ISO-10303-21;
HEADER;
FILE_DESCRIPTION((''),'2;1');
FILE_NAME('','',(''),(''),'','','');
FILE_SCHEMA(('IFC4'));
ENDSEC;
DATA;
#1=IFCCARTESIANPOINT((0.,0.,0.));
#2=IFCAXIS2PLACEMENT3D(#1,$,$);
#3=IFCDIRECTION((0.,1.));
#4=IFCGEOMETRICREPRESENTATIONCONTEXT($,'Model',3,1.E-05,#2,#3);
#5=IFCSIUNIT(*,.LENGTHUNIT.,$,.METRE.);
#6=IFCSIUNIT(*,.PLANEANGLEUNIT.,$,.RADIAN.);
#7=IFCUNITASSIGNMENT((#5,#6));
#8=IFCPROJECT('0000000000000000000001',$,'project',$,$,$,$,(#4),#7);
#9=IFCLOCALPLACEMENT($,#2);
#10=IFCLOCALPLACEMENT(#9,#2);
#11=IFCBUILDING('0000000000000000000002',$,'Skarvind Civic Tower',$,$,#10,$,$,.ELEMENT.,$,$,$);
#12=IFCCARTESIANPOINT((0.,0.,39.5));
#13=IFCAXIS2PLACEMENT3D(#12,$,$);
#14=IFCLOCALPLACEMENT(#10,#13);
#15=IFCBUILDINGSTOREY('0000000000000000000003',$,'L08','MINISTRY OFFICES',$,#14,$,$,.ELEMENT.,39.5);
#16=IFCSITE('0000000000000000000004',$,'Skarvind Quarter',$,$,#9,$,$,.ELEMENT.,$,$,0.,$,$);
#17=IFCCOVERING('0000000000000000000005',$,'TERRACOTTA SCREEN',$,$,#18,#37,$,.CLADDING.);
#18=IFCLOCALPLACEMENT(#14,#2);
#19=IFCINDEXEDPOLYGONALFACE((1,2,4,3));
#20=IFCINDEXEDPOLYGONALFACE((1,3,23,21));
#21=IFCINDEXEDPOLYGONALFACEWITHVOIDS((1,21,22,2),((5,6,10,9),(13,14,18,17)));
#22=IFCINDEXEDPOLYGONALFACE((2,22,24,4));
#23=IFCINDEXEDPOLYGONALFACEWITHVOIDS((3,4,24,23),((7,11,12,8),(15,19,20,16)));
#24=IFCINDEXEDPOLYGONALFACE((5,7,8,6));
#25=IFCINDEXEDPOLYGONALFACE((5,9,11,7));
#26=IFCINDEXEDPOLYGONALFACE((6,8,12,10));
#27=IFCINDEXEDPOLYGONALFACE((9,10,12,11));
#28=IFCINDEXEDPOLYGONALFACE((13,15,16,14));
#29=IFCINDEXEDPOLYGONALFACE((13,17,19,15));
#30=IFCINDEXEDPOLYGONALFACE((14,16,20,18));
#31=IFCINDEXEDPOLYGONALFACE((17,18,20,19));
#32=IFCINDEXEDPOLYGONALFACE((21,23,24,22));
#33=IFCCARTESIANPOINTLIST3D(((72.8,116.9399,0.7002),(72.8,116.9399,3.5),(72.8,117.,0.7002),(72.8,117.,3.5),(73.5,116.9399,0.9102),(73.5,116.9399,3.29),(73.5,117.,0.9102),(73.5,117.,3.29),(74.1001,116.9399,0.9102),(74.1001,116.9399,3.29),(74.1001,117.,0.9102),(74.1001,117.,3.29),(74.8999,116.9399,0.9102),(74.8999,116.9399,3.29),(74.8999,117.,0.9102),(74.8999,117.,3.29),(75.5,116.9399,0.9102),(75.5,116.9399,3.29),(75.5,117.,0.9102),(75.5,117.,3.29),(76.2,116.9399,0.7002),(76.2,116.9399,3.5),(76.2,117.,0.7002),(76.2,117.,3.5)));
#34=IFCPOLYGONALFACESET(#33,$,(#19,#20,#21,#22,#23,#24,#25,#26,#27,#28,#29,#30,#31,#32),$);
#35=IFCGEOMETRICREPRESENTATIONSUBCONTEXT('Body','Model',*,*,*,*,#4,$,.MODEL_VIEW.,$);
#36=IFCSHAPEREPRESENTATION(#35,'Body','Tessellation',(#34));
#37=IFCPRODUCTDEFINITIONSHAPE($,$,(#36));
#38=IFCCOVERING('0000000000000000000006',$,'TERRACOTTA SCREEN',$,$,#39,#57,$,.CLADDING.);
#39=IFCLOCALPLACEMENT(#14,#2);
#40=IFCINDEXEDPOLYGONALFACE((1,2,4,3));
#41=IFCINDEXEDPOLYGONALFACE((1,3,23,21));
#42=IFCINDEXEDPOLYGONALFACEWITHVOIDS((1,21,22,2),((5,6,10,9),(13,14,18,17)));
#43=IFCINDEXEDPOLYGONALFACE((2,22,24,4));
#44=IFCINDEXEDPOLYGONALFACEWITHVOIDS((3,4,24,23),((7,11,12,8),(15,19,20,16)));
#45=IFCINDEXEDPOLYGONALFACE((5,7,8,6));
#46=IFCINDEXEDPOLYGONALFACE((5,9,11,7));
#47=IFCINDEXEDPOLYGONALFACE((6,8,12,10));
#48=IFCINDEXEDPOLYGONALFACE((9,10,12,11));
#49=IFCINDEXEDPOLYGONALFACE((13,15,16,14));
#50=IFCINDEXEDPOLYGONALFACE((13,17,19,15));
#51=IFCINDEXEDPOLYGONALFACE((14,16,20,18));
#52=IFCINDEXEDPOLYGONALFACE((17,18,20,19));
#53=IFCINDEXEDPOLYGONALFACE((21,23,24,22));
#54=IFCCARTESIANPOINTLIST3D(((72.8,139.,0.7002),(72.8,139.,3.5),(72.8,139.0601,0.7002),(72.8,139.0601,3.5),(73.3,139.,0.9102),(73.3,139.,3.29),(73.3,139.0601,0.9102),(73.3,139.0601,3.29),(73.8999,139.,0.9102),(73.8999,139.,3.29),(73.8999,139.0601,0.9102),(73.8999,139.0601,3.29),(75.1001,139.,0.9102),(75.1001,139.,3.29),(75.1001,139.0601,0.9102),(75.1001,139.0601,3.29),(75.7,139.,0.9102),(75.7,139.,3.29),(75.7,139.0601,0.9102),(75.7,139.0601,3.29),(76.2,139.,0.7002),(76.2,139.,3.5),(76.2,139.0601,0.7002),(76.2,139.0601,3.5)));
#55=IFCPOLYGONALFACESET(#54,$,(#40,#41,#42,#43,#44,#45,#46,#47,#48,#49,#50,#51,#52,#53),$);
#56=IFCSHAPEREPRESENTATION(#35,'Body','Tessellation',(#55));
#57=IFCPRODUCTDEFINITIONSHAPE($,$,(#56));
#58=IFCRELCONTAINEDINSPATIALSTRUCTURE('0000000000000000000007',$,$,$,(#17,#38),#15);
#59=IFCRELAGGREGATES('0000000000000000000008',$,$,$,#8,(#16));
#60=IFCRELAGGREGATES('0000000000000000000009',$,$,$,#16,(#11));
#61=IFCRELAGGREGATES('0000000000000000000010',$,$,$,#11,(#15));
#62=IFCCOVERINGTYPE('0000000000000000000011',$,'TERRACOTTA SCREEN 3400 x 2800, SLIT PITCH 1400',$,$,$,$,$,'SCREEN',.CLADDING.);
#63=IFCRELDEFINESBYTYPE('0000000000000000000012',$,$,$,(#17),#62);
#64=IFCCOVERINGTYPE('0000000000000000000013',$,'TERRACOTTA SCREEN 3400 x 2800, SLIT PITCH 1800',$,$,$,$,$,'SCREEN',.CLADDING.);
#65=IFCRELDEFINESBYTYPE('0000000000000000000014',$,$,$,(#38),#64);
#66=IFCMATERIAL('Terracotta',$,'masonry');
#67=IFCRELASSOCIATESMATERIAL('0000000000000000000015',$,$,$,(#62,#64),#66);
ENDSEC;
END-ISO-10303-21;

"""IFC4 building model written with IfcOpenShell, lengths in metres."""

from ifc_helpers import new_model, si_unit, direction, frame, origin, place, context, subcontext, project, spatial, polyline, outline, extrude, material, material_profile, profile_set, type_object, element, save


model = new_model("IFC4")

# Units and contexts
model_context = context("Model", 3, precision=1e-05, world=origin(), true_north=direction((0.0, 1.0)))
body_context = subcontext(model_context, "Body", "Model", "MODEL_VIEW")
ifc_project = project(units=[si_unit("LENGTHUNIT", "METRE"), si_unit("PLANEANGLEUNIT", "RADIAN")], contexts=[model_context])

# Site, building, storey
site_placement = place(None, origin())
site = spatial("IfcSite", under=ifc_project, at=site_placement, Name="Skarvind Quarter", CompositionType="ELEMENT", RefElevation=0.0)
building_placement = place(site_placement, origin())
building = spatial("IfcBuilding", under=site, at=building_placement, Name="Skarvind Civic Tower", CompositionType="ELEMENT")
storey_placement = place(building_placement, frame((0.0, 0.0, 39.5)))
storey = spatial("IfcBuildingStorey", under=building, at=storey_placement, Name="L08", Description="MINISTRY OFFICES", CompositionType="ELEMENT", Elevation=39.5)

# Coverings
ifc_material_1 = material(Name="Terracotta", Category="masonry")
ifc_material_profile_1 = material_profile(ifc_material_1, outline(polyline([(-1.7, -1.3999), (1.7, -1.3999), (1.7, 1.3999), (-1.7, 1.3999), (-1.7, -1.3999)]), holes=[polyline([(-1.0, -1.1899), (-0.3999, -1.1899), (-0.3999, 1.1899), (-1.0, 1.1899), (-1.0, -1.1899)]), polyline([(0.3999, -1.1899), (1.0, -1.1899), (1.0, 1.1899), (0.3999, 1.1899), (0.3999, -1.1899)])]), Name="TERRACOTTA SCREEN 3400 x 2800, SLIT PITCH 1400")
ifc_profile_set_1 = profile_set([ifc_material_profile_1], Name="Terracotta")
covering_type_1 = type_object("IfcCoveringType", Name="TERRACOTTA SCREEN 3400 x 2800, SLIT PITCH 1400", ElementType="SCREEN", PredefinedType="CLADDING", material=ifc_profile_set_1)
for number, where, z_axis, x_axis, name in (
    (1, (74.5, 117.0, 2.1001), (0.0, -1.0, 0.0), (1.0, 0.0, 0.0), "TERRACOTTA SCREEN"),
):
    element("IfcCovering", number, at=place(storey_placement, frame(where, z_axis=z_axis, x_axis=x_axis)), inside=storey, type_object=covering_type_1, Name=name, PredefinedType="CLADDING", context=body_context, shape_type="SweptSolid", body=[
        extrude(outline(polyline([(-1.7, -1.3999), (1.7, -1.3999), (1.7, 1.3999), (-1.7, 1.3999), (-1.7, -1.3999)]), holes=[polyline([(-1.0, -1.1899), (-0.3999, -1.1899), (-0.3999, 1.1899), (-1.0, 1.1899), (-1.0, -1.1899)]), polyline([(0.3999, -1.1899), (1.0, -1.1899), (1.0, 1.1899), (0.3999, 1.1899), (0.3999, -1.1899)])]), origin(), (0.0, 0.0, 1.0), 0.0601),
    ])
ifc_material_profile_2 = material_profile(ifc_material_1, outline(polyline([(-1.7, -1.3999), (1.7, -1.3999), (1.7, 1.3999), (-1.7, 1.3999), (-1.7, -1.3999)]), holes=[polyline([(-1.2, -1.1899), (-0.6001, -1.1899), (-0.6001, 1.1899), (-1.2, 1.1899), (-1.2, -1.1899)]), polyline([(0.6001, -1.1899), (1.2, -1.1899), (1.2, 1.1899), (0.6001, 1.1899), (0.6001, -1.1899)])]), Name="TERRACOTTA SCREEN 3400 x 2800, SLIT PITCH 1800")
ifc_profile_set_2 = profile_set([ifc_material_profile_2], Name="Terracotta")
covering_type_2 = type_object("IfcCoveringType", Name="TERRACOTTA SCREEN 3400 x 2800, SLIT PITCH 1800", ElementType="SCREEN", PredefinedType="CLADDING", material=ifc_profile_set_2)
covering_placement = place(storey_placement, frame((74.5, 139.0, 2.1001), z_axis=(0.0, 1.0, 0.0), x_axis=(-1.0, 0.0, 0.0)))
element("IfcCovering", 2, at=covering_placement, inside=storey, type_object=covering_type_2, Name="TERRACOTTA SCREEN", PredefinedType="CLADDING", context=body_context, shape_type="SweptSolid", body=[
    extrude(outline(polyline([(-1.7, -1.3999), (1.7, -1.3999), (1.7, 1.3999), (-1.7, 1.3999), (-1.7, -1.3999)]), holes=[polyline([(-1.2, -1.1899), (-0.6001, -1.1899), (-0.6001, 1.1899), (-1.2, 1.1899), (-1.2, -1.1899)]), polyline([(0.6001, -1.1899), (1.2, -1.1899), (1.2, 1.1899), (0.6001, 1.1899), (0.6001, -1.1899)])]), origin(), (0.0, 0.0, 1.0), 0.0601),
])

save(model, "model.ifc")
